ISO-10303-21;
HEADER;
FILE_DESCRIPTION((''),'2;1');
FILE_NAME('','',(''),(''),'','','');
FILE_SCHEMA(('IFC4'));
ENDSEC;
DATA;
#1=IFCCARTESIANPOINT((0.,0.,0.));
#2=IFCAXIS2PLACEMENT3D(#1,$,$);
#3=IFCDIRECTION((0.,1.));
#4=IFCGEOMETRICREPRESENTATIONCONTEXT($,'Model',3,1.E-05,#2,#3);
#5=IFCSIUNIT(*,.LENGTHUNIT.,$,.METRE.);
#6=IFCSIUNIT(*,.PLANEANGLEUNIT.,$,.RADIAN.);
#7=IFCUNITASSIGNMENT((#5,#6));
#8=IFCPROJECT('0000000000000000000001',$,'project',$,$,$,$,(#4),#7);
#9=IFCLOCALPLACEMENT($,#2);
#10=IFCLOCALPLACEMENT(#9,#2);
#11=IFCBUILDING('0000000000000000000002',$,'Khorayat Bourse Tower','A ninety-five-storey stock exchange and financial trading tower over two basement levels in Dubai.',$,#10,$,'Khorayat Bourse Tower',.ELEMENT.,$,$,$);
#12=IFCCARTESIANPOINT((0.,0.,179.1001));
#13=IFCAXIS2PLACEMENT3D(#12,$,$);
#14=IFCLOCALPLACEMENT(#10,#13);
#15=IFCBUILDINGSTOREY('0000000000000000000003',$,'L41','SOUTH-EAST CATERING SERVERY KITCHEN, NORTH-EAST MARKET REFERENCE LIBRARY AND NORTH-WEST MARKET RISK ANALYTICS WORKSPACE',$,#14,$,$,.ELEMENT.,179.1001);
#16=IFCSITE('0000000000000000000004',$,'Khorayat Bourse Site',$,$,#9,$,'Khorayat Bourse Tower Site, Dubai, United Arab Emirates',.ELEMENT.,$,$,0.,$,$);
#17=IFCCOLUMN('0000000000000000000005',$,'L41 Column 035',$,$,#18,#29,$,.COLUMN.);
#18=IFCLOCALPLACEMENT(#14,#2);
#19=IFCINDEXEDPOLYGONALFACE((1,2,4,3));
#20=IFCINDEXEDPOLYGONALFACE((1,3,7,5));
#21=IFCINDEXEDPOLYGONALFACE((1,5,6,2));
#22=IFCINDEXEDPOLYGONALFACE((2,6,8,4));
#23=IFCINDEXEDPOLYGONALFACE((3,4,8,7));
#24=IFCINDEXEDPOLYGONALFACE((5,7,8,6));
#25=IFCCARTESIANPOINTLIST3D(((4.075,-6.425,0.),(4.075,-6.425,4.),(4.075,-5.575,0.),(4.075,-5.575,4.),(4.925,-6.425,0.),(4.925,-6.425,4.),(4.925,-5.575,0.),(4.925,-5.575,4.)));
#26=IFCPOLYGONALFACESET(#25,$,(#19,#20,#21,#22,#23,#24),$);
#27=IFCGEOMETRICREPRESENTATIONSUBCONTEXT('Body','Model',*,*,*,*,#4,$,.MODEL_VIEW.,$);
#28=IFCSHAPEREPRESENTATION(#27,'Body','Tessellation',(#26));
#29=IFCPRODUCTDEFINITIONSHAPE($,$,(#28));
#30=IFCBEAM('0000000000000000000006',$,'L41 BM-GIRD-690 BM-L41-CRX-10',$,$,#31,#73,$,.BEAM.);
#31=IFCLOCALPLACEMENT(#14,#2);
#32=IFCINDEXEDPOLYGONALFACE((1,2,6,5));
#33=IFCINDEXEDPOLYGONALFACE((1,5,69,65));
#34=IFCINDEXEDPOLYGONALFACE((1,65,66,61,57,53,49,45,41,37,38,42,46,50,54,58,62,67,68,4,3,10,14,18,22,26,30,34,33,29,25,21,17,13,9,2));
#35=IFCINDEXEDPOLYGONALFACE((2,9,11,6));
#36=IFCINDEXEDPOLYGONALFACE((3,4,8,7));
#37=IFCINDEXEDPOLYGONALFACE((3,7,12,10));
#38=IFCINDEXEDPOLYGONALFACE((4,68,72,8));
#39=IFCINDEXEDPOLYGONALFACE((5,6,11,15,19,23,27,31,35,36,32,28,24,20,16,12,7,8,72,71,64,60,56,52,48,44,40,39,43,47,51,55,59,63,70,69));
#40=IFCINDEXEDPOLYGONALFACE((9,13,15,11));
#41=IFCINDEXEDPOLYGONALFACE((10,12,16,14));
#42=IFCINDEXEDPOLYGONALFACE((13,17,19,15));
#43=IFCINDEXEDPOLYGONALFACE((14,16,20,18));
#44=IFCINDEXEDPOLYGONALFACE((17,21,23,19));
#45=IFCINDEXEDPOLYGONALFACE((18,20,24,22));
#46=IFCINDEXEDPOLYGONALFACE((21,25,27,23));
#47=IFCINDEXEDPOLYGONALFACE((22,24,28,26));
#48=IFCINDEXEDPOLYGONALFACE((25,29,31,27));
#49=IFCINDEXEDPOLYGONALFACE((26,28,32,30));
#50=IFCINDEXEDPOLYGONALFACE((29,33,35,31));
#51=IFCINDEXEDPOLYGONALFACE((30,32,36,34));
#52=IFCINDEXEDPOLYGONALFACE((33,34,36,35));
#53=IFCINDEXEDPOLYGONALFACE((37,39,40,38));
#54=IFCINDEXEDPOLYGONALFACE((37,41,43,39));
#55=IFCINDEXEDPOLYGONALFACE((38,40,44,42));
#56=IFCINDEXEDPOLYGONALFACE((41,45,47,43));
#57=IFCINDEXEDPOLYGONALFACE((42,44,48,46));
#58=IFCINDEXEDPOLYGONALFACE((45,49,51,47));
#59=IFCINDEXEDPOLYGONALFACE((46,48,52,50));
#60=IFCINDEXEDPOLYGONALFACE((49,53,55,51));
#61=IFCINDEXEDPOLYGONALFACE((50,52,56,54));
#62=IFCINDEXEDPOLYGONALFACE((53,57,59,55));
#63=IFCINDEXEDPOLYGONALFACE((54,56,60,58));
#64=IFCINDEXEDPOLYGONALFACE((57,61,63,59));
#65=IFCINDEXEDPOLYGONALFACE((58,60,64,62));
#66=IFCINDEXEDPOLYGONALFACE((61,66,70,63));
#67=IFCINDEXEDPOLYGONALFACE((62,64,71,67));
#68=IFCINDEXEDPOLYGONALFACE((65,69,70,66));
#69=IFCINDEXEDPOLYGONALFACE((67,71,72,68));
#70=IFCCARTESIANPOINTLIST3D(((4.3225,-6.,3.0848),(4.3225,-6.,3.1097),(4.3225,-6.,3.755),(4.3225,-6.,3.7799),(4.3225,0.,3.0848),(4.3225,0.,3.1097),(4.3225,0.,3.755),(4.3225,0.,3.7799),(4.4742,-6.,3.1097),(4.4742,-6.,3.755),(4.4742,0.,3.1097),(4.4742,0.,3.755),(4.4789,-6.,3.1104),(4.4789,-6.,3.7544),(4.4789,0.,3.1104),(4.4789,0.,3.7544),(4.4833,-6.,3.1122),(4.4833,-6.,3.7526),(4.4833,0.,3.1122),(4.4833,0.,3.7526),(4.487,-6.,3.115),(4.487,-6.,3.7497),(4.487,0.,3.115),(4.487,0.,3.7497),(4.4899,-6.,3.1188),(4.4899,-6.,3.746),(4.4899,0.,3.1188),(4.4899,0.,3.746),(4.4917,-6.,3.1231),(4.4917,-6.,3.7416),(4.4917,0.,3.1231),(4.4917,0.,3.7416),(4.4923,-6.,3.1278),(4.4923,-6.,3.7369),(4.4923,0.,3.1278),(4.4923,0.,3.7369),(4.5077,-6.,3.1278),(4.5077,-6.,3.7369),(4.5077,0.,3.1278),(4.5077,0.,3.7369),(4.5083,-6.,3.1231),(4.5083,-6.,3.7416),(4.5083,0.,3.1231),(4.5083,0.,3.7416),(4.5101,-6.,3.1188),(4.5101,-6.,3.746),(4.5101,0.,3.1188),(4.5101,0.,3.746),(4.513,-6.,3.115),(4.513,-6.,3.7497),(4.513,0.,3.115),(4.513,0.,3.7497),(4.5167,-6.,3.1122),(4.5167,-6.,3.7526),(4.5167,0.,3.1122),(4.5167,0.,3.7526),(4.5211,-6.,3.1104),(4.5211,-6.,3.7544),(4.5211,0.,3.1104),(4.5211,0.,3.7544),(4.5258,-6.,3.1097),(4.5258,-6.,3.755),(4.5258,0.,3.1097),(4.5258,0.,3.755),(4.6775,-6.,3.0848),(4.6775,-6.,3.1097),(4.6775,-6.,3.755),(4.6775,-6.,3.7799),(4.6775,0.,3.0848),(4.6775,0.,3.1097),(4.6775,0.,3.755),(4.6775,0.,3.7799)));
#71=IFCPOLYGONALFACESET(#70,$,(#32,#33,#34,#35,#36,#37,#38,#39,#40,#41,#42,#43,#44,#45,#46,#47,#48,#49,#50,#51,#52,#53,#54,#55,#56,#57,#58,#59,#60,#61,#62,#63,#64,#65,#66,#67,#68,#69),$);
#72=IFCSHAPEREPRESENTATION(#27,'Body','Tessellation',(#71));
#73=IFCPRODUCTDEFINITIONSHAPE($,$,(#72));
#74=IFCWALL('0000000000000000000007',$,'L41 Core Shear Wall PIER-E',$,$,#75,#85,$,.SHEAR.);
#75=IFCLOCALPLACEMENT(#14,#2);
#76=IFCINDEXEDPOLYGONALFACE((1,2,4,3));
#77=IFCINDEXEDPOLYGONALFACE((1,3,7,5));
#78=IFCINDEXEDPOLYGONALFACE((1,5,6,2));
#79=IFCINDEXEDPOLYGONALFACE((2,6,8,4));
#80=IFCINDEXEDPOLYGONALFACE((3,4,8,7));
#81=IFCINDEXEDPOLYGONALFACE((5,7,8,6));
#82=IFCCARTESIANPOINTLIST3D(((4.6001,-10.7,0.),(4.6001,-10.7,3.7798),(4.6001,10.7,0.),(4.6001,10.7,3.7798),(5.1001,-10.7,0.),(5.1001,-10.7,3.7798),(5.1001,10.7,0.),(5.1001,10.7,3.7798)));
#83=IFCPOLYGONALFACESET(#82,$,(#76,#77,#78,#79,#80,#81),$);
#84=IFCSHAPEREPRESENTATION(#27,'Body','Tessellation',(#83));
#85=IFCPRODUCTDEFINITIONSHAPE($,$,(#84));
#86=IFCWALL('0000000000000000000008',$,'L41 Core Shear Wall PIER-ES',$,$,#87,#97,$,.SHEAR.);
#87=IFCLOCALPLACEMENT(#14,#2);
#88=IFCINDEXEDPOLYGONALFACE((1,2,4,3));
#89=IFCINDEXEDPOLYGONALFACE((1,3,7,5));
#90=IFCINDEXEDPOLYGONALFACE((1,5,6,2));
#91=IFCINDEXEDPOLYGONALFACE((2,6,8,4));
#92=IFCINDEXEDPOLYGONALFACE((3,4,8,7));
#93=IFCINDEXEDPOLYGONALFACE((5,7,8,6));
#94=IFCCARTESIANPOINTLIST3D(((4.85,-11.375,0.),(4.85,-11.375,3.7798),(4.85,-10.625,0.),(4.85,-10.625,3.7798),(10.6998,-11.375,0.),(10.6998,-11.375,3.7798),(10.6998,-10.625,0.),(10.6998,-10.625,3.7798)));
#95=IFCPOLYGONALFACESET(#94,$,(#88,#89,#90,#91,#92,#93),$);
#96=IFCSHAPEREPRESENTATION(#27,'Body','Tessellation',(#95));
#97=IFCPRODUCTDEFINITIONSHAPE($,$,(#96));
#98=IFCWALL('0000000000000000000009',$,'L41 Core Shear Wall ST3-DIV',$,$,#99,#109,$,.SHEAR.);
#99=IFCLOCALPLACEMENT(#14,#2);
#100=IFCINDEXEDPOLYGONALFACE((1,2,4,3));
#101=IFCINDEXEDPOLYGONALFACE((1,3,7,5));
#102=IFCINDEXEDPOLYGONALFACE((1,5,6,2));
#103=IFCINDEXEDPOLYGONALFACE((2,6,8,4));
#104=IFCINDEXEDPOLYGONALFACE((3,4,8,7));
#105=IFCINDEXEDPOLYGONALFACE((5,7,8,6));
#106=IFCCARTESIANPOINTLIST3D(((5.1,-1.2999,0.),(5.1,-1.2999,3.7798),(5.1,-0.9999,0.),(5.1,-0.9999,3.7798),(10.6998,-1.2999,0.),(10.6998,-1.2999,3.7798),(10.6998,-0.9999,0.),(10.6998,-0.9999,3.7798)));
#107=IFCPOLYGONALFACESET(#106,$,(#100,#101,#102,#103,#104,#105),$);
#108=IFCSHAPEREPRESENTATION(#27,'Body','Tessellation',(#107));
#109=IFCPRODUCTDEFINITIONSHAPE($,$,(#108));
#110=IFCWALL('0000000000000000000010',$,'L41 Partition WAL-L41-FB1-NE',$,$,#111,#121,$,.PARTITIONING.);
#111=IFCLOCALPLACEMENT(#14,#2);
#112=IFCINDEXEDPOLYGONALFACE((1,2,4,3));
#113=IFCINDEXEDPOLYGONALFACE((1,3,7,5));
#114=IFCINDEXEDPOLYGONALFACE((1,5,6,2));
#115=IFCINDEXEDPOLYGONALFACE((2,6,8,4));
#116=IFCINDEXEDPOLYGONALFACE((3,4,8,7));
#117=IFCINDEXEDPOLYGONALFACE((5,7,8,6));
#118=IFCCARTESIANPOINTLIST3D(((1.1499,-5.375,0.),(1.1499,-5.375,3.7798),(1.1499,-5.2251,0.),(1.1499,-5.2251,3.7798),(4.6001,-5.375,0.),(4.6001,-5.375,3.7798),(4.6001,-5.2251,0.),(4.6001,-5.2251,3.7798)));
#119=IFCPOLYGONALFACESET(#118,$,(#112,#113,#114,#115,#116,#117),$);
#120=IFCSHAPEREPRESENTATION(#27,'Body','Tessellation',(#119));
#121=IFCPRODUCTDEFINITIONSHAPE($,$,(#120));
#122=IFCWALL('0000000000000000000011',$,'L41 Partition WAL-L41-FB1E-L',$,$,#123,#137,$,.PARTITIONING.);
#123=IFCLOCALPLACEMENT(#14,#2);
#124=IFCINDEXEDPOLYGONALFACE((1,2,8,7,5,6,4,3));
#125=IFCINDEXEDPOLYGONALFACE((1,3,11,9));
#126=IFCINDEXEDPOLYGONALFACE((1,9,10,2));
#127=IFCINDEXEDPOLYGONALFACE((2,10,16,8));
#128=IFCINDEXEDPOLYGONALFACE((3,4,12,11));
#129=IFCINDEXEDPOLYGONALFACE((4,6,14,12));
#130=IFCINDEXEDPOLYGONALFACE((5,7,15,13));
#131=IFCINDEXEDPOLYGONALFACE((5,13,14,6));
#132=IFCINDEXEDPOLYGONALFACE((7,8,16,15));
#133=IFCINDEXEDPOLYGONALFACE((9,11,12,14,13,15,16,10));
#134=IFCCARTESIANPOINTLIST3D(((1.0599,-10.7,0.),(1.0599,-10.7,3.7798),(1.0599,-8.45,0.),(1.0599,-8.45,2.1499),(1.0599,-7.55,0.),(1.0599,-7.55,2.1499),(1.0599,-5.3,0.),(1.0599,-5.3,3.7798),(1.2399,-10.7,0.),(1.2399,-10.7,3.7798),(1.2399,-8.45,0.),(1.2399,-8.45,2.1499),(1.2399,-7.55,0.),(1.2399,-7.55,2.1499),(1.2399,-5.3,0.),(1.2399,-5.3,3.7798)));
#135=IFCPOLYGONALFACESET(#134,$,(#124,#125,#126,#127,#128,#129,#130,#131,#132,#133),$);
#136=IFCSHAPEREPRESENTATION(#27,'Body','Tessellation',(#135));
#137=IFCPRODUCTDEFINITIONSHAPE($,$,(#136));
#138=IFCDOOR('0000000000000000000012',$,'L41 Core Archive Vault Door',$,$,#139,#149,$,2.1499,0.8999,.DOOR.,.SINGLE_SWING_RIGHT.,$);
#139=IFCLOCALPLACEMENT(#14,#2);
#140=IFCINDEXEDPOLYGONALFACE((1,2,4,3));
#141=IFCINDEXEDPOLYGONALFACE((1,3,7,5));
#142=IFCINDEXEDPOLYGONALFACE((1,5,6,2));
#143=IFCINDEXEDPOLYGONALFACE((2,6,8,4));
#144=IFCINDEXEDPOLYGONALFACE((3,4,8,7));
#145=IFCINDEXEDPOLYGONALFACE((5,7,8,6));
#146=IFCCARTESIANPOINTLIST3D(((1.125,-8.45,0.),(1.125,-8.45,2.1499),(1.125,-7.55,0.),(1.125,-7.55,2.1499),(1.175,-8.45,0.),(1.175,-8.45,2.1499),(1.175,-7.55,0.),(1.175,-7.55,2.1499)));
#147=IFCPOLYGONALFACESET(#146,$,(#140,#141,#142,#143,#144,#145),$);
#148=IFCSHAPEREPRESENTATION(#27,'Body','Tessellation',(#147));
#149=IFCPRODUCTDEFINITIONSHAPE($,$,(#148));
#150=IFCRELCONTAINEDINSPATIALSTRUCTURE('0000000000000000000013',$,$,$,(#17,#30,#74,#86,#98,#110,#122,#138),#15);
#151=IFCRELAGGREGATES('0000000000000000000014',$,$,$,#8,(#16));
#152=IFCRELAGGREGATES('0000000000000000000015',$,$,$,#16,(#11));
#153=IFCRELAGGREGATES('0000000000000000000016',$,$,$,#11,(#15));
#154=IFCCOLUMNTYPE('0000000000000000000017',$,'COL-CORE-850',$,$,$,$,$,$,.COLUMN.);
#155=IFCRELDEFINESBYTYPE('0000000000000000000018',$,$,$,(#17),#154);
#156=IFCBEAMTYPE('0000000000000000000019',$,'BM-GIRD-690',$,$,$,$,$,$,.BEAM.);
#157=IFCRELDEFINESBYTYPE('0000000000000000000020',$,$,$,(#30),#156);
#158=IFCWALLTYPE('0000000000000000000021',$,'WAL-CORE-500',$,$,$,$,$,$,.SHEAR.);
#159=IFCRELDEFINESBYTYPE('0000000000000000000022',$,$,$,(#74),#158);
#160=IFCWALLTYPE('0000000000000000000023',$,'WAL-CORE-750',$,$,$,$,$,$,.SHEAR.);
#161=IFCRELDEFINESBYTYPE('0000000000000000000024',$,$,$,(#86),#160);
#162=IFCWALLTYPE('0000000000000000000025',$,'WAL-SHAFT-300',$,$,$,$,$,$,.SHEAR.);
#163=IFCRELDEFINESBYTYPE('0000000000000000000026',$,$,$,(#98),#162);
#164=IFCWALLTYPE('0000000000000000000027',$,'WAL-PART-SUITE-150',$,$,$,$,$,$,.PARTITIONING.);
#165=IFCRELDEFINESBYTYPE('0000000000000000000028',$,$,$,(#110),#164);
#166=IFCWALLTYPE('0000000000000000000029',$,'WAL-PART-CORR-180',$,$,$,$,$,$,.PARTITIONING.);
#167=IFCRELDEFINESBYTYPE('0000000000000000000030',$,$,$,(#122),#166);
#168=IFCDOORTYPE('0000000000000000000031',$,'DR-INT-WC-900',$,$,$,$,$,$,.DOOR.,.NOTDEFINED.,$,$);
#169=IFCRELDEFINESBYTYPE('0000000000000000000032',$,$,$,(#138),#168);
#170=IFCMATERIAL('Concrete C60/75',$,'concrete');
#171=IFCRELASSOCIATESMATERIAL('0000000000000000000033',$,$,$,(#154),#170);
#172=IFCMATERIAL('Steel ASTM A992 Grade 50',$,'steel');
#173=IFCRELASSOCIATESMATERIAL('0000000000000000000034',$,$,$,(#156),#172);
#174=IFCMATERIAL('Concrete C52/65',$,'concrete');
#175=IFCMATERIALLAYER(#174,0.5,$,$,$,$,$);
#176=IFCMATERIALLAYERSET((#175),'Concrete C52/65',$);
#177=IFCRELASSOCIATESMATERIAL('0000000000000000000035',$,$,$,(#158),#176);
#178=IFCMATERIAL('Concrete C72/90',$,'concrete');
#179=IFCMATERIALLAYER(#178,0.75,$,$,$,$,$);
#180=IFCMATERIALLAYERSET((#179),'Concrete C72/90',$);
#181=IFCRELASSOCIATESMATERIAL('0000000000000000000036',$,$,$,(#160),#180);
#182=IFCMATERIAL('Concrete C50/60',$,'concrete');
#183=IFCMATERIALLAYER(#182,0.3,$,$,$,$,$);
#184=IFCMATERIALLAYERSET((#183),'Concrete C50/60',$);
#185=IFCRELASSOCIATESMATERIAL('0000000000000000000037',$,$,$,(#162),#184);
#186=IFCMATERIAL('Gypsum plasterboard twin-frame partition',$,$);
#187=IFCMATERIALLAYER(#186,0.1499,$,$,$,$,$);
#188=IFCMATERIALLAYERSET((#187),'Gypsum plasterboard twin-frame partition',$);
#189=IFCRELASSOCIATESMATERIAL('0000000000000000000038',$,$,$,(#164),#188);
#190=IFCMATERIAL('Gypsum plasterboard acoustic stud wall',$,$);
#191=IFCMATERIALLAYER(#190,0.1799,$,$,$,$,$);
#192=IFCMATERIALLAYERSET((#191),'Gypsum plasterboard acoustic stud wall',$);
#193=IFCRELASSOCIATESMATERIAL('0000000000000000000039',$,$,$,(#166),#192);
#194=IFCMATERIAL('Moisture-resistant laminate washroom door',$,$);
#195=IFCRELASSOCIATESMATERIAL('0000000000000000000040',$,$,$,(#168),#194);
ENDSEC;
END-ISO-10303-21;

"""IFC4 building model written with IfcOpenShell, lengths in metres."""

from ifc_helpers import new_model, si_unit, direction, frame, frame_2d, origin, origin_2d, place, context, subcontext, project, spatial, rectangle, i_section, extrude, source, transform, mapped, material, layer, layer_set, material_profile, profile_set, type_object, element, fill, save


model = new_model("IFC4")

# Units and contexts
model_context = context("Model", 3, precision=1e-05, world=origin(), true_north=direction((0.0, 1.0)))
body_context = subcontext(model_context, "Body", "Model", "MODEL_VIEW")
ifc_project = project(units=[si_unit("LENGTHUNIT", "METRE"), si_unit("PLANEANGLEUNIT", "RADIAN")], contexts=[model_context])

# Site, building, storey
site_placement = place(None, origin())
site = spatial("IfcSite", under=ifc_project, at=site_placement, Name="Khorayat Bourse Site", LongName="Khorayat Bourse Tower Site, Dubai, United Arab Emirates", CompositionType="ELEMENT", RefElevation=0.0)
building_placement = place(site_placement, origin())
building = spatial("IfcBuilding", under=site, at=building_placement, Name="Khorayat Bourse Tower", Description="A ninety-five-storey stock exchange and financial trading tower over two basement levels in Dubai.", LongName="Khorayat Bourse Tower", CompositionType="ELEMENT")
storey_placement = place(building_placement, frame((0.0, 0.0, 179.1001)))
storey = spatial("IfcBuildingStorey", under=building, at=storey_placement, Name="L41", Description="SOUTH-EAST CATERING SERVERY KITCHEN, NORTH-EAST MARKET REFERENCE LIBRARY AND NORTH-WEST MARKET RISK ANALYTICS WORKSPACE", CompositionType="ELEMENT", Elevation=179.1001)

# Column
ifc_material_1 = material(Name="Concrete C60/75", Category="concrete")
ifc_material_profile_1 = material_profile(ifc_material_1, rectangle(XDim=0.8501, YDim=0.8501, at=origin_2d()), Name="RC 850x850")
ifc_profile_set_1 = profile_set([ifc_material_profile_1], Name="Concrete C60/75")
column_type = type_object("IfcColumnType", Name="COL-CORE-850", PredefinedType="COLUMN", material=ifc_profile_set_1)
shared_shape_1 = source(origin(), body_context, "Body", "SweptSolid", [
    extrude(rectangle(XDim=0.8501, YDim=0.8501, at=origin_2d()), origin(), (0.0, 0.0, 1.0), 4.0),
])
column_placement = place(storey_placement, frame((4.5, -6.0, 0.0), z_axis=(0.0, 0.0, 1.0), x_axis=(1.0, 0.0, 0.0)))
element("IfcColumn", 1, at=column_placement, inside=storey, type_object=column_type, Name="L41 Column 035", PredefinedType="COLUMN", context=body_context, shape_type="MappedRepresentation", body=[
    mapped(shared_shape_1, transform((0.0, 0.0, 0.0), scale=1.0)),
])

# Beam
ifc_material_2 = material(Name="Steel ASTM A992 Grade 50", Category="steel")
ifc_material_profile_2 = material_profile(ifc_material_2, i_section(OverallWidth=0.355, OverallDepth=0.6951, WebThickness=0.0154, FlangeThickness=0.0249, FilletRadius=0.0181, at=origin_2d()), Name="W690X217")
ifc_profile_set_2 = profile_set([ifc_material_profile_2], Name="Steel ASTM A992 Grade 50")
beam_type = type_object("IfcBeamType", Name="BM-GIRD-690", PredefinedType="BEAM", material=ifc_profile_set_2)
shared_shape_2 = source(origin(), body_context, "Body", "SweptSolid", [
    extrude(i_section(OverallWidth=0.355, OverallDepth=0.6951, WebThickness=0.0154, FlangeThickness=0.0249, FilletRadius=0.0181, at=origin_2d()), origin(), (0.0, 0.0, 1.0), 6.0),
])
beam_placement = place(storey_placement, frame((4.5, -6.0, 3.4324), z_axis=(0.0, 1.0, 0.0), x_axis=(-1.0, 0.0, 0.0)))
element("IfcBeam", 2, at=beam_placement, inside=storey, type_object=beam_type, Name="L41 BM-GIRD-690 BM-L41-CRX-10", PredefinedType="BEAM", context=body_context, shape_type="MappedRepresentation", body=[
    mapped(shared_shape_2, transform((0.0, 0.0, 0.0), scale=1.0)),
])

# Walls
ifc_material_3 = material(Name="Concrete C52/65", Category="concrete")
ifc_layer_1 = layer(ifc_material_3, 0.5)
ifc_layer_set_1 = layer_set([ifc_layer_1], Name="Concrete C52/65")
wall_type_1 = type_object("IfcWallType", Name="WAL-CORE-500", PredefinedType="SHEAR", material=ifc_layer_set_1)
shared_shape_3 = source(origin(), body_context, "Body", "SweptSolid", [
    extrude(rectangle(XDim=21.3999, YDim=0.5, at=frame_2d((10.7, 0.0))), origin(), (0.0, 0.0, 1.0), 3.7798),
])
wall_1_placement = place(storey_placement, frame((4.8501, -10.7, 0.0), z_axis=(0.0, 0.0, 1.0), x_axis=(0.0, 1.0, 0.0)))
element("IfcWall", 3, at=wall_1_placement, inside=storey, type_object=wall_type_1, Name="L41 Core Shear Wall PIER-E", PredefinedType="SHEAR", context=body_context, shape_type="MappedRepresentation", body=[
    mapped(shared_shape_3, transform((0.0, 0.0, 0.0), scale=1.0)),
])
ifc_material_4 = material(Name="Concrete C72/90", Category="concrete")
ifc_layer_2 = layer(ifc_material_4, 0.75)
ifc_layer_set_2 = layer_set([ifc_layer_2], Name="Concrete C72/90")
wall_type_2 = type_object("IfcWallType", Name="WAL-CORE-750", PredefinedType="SHEAR", material=ifc_layer_set_2)
shared_shape_4 = source(origin(), body_context, "Body", "SweptSolid", [
    extrude(rectangle(XDim=5.8499, YDim=0.75, at=frame_2d((2.9248, 0.0))), origin(), (0.0, 0.0, 1.0), 3.7798),
])
wall_2_placement = place(storey_placement, frame((4.8501, -11.0, 0.0), z_axis=(0.0, 0.0, 1.0), x_axis=(1.0, 0.0, 0.0)))
element("IfcWall", 4, at=wall_2_placement, inside=storey, type_object=wall_type_2, Name="L41 Core Shear Wall PIER-ES", PredefinedType="SHEAR", context=body_context, shape_type="MappedRepresentation", body=[
    mapped(shared_shape_4, transform((0.0, 0.0, 0.0), scale=1.0)),
])
ifc_material_5 = material(Name="Concrete C50/60", Category="concrete")
ifc_layer_3 = layer(ifc_material_5, 0.3)
ifc_layer_set_3 = layer_set([ifc_layer_3], Name="Concrete C50/60")
wall_type_3 = type_object("IfcWallType", Name="WAL-SHAFT-300", PredefinedType="SHEAR", material=ifc_layer_set_3)
shared_shape_5 = source(origin(), body_context, "Body", "SweptSolid", [
    extrude(rectangle(XDim=5.5999, YDim=0.3, at=frame_2d((2.7998, 0.0))), origin(), (0.0, 0.0, 1.0), 3.7798),
])
wall_3_placement = place(storey_placement, frame((5.1001, -1.1499, 0.0), z_axis=(0.0, 0.0, 1.0), x_axis=(1.0, 0.0, 0.0)))
element("IfcWall", 5, at=wall_3_placement, inside=storey, type_object=wall_type_3, Name="L41 Core Shear Wall ST3-DIV", PredefinedType="SHEAR", context=body_context, shape_type="MappedRepresentation", body=[
    mapped(shared_shape_5, transform((0.0, 0.0, 0.0), scale=1.0)),
])
ifc_material_6 = material(Name="Gypsum plasterboard twin-frame partition")
ifc_layer_4 = layer(ifc_material_6, 0.1499)
ifc_layer_set_4 = layer_set([ifc_layer_4], Name="Gypsum plasterboard twin-frame partition")
wall_type_4 = type_object("IfcWallType", Name="WAL-PART-SUITE-150", PredefinedType="PARTITIONING", material=ifc_layer_set_4)
shared_shape_6 = source(origin(), body_context, "Body", "SweptSolid", [
    extrude(rectangle(XDim=3.4502, YDim=0.1499, at=frame_2d((1.7251, 0.0))), origin(), (0.0, 0.0, 1.0), 3.7798),
])
wall_4_placement = place(storey_placement, frame((1.1499, -5.3, 0.0), z_axis=(0.0, 0.0, 1.0), x_axis=(1.0, 0.0, 0.0)))
element("IfcWall", 6, at=wall_4_placement, inside=storey, type_object=wall_type_4, Name="L41 Partition WAL-L41-FB1-NE", PredefinedType="PARTITIONING", context=body_context, shape_type="MappedRepresentation", body=[
    mapped(shared_shape_6, transform((0.0, 0.0, 0.0), scale=1.0)),
])

# Shared definitions
ifc_material_7 = material(Name="Gypsum plasterboard acoustic stud wall")
ifc_layer_5 = layer(ifc_material_7, 0.1799)
ifc_layer_set_5 = layer_set([ifc_layer_5], Name="Gypsum plasterboard acoustic stud wall")
wall_type_5 = type_object("IfcWallType", Name="WAL-PART-CORR-180", PredefinedType="PARTITIONING", material=ifc_layer_set_5)
shared_shape_7 = source(origin(), body_context, "Body", "SweptSolid", [
    extrude(rectangle(XDim=5.3999, YDim=0.1799, at=frame_2d((2.7, 0.0))), origin(), (0.0, 0.0, 1.0), 3.7798),
])
shared_shape_8 = source(origin(), body_context, "Body", "SweptSolid", [
    extrude(rectangle(XDim=0.8999, YDim=2.1499, at=frame_2d((0.45, 1.075))), frame((0.0, 0.0999, 0.0), z_axis=(0.0, -1.0, 0.0), x_axis=(1.0, 0.0, 0.0)), (0.0, 0.0, 1.0), 0.2),
])
ifc_material_8 = material(Name="Moisture-resistant laminate washroom door")
door_type = type_object("IfcDoorType", Name="DR-INT-WC-900", OperationType="NOTDEFINED", PredefinedType="DOOR", material=ifc_material_8)
shared_shape_9 = source(origin(), body_context, "Body", "SweptSolid", [
    extrude(rectangle(XDim=0.8999, YDim=2.1499, at=frame_2d((0.45, 1.075))), frame((0.0, 0.0249, 0.0), z_axis=(0.0, -1.0, 0.0), x_axis=(1.0, 0.0, 0.0)), (0.0, 0.0, 1.0), 0.05),
])

# Wall, opening, door
wall_5_placement = place(storey_placement, frame((1.1499, -10.7, 0.0), z_axis=(0.0, 0.0, 1.0), x_axis=(0.0, 1.0, 0.0)))
wall_5 = element("IfcWall", 7, at=wall_5_placement, inside=storey, type_object=wall_type_5, Name="L41 Partition WAL-L41-FB1E-L", PredefinedType="PARTITIONING", context=body_context, shape_type="MappedRepresentation", body=[
    mapped(shared_shape_7, transform((0.0, 0.0, 0.0), scale=1.0)),
])
opening_1_placement = place(wall_5_placement, frame((2.25, 0.0, 0.0)))
opening_1 = element("IfcOpeningElement", 8, at=opening_1_placement, cuts=wall_5, PredefinedType="OPENING", context=body_context, shape_type="MappedRepresentation", body=[
    mapped(shared_shape_8, transform((0.0, 0.0, 0.0), scale=1.0)),
])
door_1_placement = place(opening_1_placement, origin())
door_1 = element("IfcDoor", 9, at=door_1_placement, inside=storey, type_object=door_type, Name="L41 Core Archive Vault Door", OperationType="SINGLE_SWING_RIGHT", OverallHeight=2.1499, OverallWidth=0.8999, PredefinedType="DOOR", context=body_context, shape_type="MappedRepresentation", body=[
    mapped(shared_shape_9, transform((0.0, 0.0, 0.0), scale=1.0)),
])
fill(opening_1, door_1)

save(model, "model.ifc")
